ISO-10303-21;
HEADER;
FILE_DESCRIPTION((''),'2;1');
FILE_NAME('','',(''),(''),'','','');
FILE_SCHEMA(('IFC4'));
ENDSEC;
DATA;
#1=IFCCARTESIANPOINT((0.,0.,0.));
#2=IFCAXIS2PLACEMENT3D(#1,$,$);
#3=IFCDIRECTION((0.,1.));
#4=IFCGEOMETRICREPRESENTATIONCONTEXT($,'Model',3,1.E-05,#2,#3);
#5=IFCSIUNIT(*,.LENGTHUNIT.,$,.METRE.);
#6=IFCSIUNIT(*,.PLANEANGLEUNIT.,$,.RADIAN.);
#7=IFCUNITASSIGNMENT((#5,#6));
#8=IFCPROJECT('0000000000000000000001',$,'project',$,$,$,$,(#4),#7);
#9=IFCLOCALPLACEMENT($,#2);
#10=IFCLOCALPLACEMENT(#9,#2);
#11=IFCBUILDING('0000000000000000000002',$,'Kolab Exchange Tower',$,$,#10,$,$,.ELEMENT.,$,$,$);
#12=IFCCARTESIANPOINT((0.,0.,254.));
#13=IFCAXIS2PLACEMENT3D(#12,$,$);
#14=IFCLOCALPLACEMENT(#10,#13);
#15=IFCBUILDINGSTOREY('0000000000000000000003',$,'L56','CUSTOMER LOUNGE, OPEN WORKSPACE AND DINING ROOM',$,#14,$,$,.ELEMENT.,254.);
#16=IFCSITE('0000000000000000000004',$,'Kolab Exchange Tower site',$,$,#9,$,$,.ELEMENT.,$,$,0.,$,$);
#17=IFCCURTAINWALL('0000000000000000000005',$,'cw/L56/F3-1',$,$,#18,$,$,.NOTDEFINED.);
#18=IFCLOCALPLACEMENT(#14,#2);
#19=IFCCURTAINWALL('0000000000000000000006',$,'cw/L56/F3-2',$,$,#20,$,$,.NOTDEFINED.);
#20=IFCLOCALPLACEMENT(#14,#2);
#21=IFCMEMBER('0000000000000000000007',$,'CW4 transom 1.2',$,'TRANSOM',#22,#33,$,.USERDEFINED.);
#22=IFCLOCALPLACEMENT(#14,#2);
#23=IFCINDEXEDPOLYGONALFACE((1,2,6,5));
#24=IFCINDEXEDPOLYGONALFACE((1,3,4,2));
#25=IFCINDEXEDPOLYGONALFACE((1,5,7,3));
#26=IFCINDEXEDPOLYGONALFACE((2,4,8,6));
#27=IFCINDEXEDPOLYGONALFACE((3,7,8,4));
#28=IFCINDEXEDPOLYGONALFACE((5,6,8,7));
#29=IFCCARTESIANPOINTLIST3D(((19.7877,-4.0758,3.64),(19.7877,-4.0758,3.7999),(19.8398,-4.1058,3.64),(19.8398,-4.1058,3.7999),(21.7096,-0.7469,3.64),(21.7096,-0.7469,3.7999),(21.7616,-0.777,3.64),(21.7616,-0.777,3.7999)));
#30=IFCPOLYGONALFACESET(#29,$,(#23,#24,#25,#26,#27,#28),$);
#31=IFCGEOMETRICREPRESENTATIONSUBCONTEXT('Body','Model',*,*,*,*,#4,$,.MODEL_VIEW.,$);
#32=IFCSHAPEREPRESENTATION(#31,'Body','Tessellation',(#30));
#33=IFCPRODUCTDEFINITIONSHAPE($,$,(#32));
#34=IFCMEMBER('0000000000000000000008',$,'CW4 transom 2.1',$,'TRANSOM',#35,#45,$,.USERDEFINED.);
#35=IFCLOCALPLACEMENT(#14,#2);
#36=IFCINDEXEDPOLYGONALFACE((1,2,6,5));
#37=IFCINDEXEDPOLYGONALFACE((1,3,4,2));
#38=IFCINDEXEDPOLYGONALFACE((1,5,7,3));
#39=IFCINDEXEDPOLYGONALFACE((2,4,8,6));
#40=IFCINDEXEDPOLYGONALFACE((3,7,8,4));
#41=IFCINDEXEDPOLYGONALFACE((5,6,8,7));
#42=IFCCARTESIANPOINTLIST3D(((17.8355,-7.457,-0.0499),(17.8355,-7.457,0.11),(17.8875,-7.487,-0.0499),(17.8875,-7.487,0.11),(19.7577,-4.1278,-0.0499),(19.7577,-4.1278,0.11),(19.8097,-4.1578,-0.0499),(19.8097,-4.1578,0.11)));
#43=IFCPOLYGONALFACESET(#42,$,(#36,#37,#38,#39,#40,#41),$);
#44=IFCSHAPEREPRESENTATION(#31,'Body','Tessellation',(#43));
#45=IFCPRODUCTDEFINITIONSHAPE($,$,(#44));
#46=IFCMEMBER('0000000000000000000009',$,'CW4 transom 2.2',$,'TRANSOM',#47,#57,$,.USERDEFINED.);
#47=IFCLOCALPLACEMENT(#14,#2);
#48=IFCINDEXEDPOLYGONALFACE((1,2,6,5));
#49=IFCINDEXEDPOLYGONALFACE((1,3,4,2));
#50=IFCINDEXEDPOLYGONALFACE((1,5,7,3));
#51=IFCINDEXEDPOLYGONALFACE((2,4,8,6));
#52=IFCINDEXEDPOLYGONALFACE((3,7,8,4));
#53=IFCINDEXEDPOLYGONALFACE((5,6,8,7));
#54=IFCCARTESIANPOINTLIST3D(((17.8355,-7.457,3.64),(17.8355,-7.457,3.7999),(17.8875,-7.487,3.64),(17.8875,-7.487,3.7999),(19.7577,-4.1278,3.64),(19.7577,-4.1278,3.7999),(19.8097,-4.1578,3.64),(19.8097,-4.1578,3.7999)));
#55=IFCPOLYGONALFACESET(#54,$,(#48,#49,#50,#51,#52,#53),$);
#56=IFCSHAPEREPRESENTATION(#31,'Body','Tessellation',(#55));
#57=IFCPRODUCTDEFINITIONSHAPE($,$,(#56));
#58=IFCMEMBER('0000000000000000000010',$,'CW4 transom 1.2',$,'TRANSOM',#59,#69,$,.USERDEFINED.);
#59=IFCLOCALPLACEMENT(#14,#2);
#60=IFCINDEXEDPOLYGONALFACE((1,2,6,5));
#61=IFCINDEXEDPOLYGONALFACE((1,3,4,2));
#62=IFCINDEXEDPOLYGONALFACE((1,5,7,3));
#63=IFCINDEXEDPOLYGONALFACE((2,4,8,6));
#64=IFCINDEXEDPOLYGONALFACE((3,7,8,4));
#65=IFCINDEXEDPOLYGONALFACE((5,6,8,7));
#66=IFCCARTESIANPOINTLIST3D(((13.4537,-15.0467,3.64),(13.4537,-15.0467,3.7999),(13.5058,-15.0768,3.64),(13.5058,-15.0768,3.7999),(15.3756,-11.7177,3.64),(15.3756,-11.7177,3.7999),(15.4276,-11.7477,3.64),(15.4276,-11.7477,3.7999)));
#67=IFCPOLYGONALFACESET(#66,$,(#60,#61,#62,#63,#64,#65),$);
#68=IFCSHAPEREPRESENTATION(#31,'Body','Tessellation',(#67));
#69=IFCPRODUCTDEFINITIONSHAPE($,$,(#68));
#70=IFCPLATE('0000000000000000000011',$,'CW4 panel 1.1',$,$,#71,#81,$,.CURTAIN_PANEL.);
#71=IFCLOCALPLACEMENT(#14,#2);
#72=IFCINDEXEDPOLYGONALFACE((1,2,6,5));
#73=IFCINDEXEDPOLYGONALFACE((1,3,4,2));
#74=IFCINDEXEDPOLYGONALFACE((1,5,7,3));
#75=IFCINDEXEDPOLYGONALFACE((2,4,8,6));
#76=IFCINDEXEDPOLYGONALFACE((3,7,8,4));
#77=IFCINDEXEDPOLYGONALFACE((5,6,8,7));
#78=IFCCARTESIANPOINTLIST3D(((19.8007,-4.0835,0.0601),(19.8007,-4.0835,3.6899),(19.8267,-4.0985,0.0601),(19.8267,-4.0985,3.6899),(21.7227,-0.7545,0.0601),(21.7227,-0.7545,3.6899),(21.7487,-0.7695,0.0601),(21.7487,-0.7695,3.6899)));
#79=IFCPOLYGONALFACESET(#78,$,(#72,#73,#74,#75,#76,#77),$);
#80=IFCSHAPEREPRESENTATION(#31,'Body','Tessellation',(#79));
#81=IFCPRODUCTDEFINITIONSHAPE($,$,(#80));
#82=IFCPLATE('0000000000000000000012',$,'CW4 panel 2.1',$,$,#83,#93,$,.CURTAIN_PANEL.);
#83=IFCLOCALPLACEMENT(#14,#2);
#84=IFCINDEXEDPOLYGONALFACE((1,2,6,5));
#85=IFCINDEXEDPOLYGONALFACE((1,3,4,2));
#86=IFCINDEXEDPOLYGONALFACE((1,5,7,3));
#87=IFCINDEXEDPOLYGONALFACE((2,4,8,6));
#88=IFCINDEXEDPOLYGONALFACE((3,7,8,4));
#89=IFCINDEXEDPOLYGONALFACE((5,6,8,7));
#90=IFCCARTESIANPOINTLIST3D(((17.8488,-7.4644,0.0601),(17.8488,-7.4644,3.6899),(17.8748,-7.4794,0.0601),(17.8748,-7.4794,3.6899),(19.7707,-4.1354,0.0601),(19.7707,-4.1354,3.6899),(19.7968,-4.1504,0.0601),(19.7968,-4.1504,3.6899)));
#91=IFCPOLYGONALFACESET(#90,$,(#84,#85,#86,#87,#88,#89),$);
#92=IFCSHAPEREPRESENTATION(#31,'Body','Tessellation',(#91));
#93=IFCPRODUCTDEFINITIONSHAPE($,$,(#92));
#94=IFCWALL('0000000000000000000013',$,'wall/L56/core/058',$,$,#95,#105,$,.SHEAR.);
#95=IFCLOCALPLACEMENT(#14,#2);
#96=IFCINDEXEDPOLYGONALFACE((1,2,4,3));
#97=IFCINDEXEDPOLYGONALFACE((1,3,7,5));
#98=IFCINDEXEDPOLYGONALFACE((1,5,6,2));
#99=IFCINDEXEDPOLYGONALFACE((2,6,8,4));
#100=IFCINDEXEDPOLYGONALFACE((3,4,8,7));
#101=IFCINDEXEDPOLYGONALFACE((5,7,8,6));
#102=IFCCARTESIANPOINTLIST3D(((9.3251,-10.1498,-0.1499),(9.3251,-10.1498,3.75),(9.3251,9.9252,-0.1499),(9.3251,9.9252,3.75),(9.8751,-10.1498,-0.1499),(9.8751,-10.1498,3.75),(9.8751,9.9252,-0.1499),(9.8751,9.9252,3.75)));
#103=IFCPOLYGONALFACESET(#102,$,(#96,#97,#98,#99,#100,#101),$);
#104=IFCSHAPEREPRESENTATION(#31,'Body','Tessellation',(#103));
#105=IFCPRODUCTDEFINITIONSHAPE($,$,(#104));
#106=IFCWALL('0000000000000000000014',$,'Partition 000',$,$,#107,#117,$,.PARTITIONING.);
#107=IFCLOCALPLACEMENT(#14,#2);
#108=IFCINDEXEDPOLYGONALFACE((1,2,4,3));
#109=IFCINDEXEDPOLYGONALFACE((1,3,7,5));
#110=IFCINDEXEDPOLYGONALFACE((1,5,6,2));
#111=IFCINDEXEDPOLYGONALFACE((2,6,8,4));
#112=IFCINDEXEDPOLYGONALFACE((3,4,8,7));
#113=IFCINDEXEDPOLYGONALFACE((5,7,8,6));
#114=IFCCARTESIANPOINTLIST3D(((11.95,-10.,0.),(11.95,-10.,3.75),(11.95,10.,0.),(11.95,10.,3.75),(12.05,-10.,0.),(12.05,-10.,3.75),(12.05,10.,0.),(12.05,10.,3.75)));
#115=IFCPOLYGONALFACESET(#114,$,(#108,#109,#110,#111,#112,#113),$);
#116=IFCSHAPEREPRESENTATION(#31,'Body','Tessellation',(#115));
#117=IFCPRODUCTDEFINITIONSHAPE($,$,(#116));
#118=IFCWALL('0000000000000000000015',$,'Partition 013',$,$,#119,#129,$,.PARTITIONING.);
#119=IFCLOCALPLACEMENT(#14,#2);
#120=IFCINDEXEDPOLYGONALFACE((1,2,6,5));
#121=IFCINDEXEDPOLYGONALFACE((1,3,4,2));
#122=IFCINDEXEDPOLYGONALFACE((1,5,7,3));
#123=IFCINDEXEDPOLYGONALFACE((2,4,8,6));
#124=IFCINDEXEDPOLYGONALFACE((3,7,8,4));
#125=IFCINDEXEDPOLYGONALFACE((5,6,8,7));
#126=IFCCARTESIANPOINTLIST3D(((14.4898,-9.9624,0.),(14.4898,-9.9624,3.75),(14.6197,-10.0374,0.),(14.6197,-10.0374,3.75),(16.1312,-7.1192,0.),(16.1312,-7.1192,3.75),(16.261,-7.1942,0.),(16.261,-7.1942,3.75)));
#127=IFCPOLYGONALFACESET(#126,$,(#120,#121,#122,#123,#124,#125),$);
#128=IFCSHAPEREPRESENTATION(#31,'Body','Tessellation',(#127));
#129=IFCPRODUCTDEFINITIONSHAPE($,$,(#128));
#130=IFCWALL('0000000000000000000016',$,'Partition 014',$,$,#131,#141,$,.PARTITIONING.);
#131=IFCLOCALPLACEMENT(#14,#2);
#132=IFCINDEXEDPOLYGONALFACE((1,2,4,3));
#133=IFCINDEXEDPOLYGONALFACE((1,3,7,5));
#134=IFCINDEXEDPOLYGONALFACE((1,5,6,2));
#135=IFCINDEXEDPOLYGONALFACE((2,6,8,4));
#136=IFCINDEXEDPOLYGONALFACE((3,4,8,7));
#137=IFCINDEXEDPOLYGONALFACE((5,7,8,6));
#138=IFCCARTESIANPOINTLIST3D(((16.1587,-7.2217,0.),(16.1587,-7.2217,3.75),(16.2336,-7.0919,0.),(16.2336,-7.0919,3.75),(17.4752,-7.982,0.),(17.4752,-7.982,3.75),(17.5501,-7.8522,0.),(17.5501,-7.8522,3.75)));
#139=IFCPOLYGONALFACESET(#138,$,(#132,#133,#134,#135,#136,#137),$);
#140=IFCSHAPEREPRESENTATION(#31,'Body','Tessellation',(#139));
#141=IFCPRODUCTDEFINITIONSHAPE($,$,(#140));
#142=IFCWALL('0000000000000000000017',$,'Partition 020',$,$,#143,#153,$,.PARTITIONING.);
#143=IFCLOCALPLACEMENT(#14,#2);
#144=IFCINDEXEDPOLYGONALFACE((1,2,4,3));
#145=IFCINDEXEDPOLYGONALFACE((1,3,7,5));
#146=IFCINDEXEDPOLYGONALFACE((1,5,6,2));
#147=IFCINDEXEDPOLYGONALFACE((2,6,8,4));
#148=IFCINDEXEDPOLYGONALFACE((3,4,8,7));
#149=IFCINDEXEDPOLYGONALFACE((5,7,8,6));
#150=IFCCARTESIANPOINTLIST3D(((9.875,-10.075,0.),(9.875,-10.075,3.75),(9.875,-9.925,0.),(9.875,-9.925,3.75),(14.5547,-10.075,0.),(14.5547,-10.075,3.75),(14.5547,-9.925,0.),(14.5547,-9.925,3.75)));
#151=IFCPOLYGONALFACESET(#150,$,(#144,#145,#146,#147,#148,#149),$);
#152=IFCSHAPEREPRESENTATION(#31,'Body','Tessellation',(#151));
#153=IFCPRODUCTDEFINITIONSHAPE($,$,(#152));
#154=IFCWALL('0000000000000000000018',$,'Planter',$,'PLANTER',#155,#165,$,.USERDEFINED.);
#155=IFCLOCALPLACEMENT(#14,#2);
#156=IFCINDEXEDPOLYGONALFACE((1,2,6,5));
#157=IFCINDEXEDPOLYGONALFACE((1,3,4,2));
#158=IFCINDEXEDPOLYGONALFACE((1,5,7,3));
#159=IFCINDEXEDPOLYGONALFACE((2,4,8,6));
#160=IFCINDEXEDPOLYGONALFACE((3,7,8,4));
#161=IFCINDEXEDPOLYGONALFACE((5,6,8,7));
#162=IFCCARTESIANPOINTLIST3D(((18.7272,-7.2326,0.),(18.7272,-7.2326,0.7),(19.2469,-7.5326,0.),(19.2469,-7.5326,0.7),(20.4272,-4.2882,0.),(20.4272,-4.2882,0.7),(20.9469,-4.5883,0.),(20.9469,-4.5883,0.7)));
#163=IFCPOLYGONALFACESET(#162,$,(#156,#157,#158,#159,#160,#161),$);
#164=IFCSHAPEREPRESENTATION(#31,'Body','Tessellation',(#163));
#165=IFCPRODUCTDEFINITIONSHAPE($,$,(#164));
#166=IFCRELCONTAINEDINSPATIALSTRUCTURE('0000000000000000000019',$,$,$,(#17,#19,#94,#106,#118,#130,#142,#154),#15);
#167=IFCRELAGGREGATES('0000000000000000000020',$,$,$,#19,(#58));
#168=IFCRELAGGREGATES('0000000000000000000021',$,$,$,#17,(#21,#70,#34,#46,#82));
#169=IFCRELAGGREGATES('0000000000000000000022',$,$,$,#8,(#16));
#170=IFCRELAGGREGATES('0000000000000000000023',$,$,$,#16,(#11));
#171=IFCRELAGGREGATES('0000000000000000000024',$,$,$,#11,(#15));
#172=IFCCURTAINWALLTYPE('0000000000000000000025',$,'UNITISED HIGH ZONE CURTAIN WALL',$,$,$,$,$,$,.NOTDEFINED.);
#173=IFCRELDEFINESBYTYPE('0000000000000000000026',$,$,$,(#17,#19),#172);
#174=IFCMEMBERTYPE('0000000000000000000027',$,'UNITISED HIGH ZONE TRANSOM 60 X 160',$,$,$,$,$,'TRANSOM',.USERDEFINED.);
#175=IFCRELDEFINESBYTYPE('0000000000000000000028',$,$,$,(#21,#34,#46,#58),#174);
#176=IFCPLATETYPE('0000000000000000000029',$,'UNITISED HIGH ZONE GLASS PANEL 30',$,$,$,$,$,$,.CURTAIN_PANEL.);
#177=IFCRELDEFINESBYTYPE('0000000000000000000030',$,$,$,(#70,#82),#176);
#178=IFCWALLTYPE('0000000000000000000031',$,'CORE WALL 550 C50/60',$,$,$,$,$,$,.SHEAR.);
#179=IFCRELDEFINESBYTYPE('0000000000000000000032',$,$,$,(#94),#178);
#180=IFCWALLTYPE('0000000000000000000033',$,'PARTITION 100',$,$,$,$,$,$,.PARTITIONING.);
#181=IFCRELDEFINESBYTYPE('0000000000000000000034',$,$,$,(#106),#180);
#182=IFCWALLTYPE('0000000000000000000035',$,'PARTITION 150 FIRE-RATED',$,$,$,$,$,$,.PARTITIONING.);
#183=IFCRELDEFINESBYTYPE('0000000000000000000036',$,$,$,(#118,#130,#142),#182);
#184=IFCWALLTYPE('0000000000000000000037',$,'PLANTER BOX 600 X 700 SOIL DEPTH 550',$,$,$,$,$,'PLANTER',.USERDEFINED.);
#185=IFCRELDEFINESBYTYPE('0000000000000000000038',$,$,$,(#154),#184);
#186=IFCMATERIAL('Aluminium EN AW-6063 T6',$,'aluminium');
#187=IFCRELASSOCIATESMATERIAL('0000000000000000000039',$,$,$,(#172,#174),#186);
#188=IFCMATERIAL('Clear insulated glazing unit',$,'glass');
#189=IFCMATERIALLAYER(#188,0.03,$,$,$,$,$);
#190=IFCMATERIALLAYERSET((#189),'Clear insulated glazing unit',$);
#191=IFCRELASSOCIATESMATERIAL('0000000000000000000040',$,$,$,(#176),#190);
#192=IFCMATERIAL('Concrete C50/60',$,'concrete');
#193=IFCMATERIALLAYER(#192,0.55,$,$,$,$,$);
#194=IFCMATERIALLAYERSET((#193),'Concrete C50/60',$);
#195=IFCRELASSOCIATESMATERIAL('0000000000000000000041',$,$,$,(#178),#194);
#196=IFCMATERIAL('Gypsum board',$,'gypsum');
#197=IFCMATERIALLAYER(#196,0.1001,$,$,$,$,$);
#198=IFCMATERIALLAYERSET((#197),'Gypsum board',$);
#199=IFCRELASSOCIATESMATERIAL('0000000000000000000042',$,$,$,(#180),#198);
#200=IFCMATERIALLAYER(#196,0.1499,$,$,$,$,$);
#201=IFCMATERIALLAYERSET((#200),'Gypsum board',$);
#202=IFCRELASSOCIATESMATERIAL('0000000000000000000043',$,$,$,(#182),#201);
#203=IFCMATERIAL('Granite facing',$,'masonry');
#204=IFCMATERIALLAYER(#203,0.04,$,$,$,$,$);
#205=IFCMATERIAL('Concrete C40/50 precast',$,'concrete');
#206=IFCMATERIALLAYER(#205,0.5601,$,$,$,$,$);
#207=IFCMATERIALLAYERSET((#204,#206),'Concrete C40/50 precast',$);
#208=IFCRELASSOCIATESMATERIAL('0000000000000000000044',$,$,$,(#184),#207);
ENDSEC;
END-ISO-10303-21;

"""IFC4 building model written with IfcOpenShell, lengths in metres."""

from ifc_helpers import new_model, si_unit, direction, frame, frame_2d, origin, origin_2d, place, context, subcontext, project, spatial, rectangle, extrude, material, layer, layer_set, material_profile, profile_set, type_object, element, aggregate, save


model = new_model("IFC4")

# Units and contexts
model_context = context("Model", 3, precision=1e-05, world=origin(), true_north=direction((0.0, 1.0)))
body_context = subcontext(model_context, "Body", "Model", "MODEL_VIEW")
ifc_project = project(units=[si_unit("LENGTHUNIT", "METRE"), si_unit("PLANEANGLEUNIT", "RADIAN")], contexts=[model_context])

# Site, building, storey
site_placement = place(None, origin())
site = spatial("IfcSite", under=ifc_project, at=site_placement, Name="Kolab Exchange Tower site", CompositionType="ELEMENT", RefElevation=0.0)
building_placement = place(site_placement, origin())
building = spatial("IfcBuilding", under=site, at=building_placement, Name="Kolab Exchange Tower", CompositionType="ELEMENT")
storey_placement = place(building_placement, frame((0.0, 0.0, 254.0)))
storey = spatial("IfcBuildingStorey", under=building, at=storey_placement, Name="L56", Description="CUSTOMER LOUNGE, OPEN WORKSPACE AND DINING ROOM", CompositionType="ELEMENT", Elevation=254.0)

# Shared definitions
ifc_material_1 = material(Name="Concrete C50/60", Category="concrete")

# Curtain wall
ifc_material_2 = material(Name="Aluminium EN AW-6063 T6", Category="aluminium")
curtain_wall_type = type_object("IfcCurtainWallType", Name="UNITISED HIGH ZONE CURTAIN WALL", PredefinedType="NOTDEFINED", material=ifc_material_2)
curtain_wall_1_placement = place(storey_placement, origin())
curtain_wall_1 = element("IfcCurtainWall", 1, at=curtain_wall_1_placement, inside=storey, type_object=curtain_wall_type, Name="cw/L56/F3-1", PredefinedType="NOTDEFINED")

# Curtain wall
curtain_wall_2_placement = place(storey_placement, origin())
curtain_wall_2 = element("IfcCurtainWall", 2, at=curtain_wall_2_placement, inside=storey, type_object=curtain_wall_type, Name="cw/L56/F3-2", PredefinedType="NOTDEFINED")

# Members
ifc_material_profile_1 = material_profile(ifc_material_2, rectangle(XDim=0.0601, YDim=0.1599, at=origin_2d()), Name="RECT 60X160")
ifc_profile_set_1 = profile_set([ifc_material_profile_1], Name="Aluminium EN AW-6063 T6")
member_type_1 = type_object("IfcMemberType", Name="UNITISED HIGH ZONE TRANSOM 60 X 160", ElementType="TRANSOM", PredefinedType="USERDEFINED", material=ifc_profile_set_1)
member_1_placement = place(storey_placement, frame((21.7356, -0.762, 3.72), z_axis=(-0.499992, -0.86603, 0.0), x_axis=(0.86603, -0.499992, 0.0)))
member_1 = element("IfcMember", 3, at=member_1_placement, type_object=member_type_1, Name="CW4 transom 1.2", ObjectType="TRANSOM", PredefinedType="USERDEFINED", context=body_context, shape_type="SweptSolid", body=[
    extrude(rectangle(XDim=0.0601, YDim=0.1599, at=origin_2d()), origin(), (0.0, 0.0, 1.0), 3.8438),
])
member_2_placement = place(storey_placement, frame((19.7837, -4.1428, 0.03), z_axis=(-0.500012, -0.866018, 0.0), x_axis=(0.866018, -0.500012, 0.0)))
member_2 = element("IfcMember", 4, at=member_2_placement, type_object=member_type_1, Name="CW4 transom 2.1", ObjectType="TRANSOM", PredefinedType="USERDEFINED", context=body_context, shape_type="SweptSolid", body=[
    extrude(rectangle(XDim=0.0601, YDim=0.1599, at=origin_2d()), origin(), (0.0, 0.0, 1.0), 3.8442),
])
member_3_placement = place(storey_placement, frame((19.7837, -4.1428, 3.72), z_axis=(-0.500012, -0.866018, 0.0), x_axis=(0.866018, -0.500012, 0.0)))
member_3 = element("IfcMember", 5, at=member_3_placement, type_object=member_type_1, Name="CW4 transom 2.2", ObjectType="TRANSOM", PredefinedType="USERDEFINED", context=body_context, shape_type="SweptSolid", body=[
    extrude(rectangle(XDim=0.0601, YDim=0.1599, at=origin_2d()), origin(), (0.0, 0.0, 1.0), 3.8442),
])
member_4_placement = place(storey_placement, frame((15.4016, -11.7327, 3.72), z_axis=(-0.499964, -0.866046, 0.0), x_axis=(0.866046, -0.499964, 0.0)))
member_4 = element("IfcMember", 6, at=member_4_placement, type_object=member_type_1, Name="CW4 transom 1.2", ObjectType="TRANSOM", PredefinedType="USERDEFINED", context=body_context, shape_type="SweptSolid", body=[
    extrude(rectangle(XDim=0.0601, YDim=0.1599, at=origin_2d()), origin(), (0.0, 0.0, 1.0), 3.844),
])
aggregate(curtain_wall_2, [member_4])

# Plates
ifc_material_3 = material(Name="Clear insulated glazing unit", Category="glass")
ifc_layer_1 = layer(ifc_material_3, 0.03)
ifc_layer_set_1 = layer_set([ifc_layer_1], Name="Clear insulated glazing unit")
plate_type = type_object("IfcPlateType", Name="UNITISED HIGH ZONE GLASS PANEL 30", PredefinedType="CURTAIN_PANEL", material=ifc_layer_set_1)
plate_1_placement = place(storey_placement, frame((20.7747, -2.4265, 0.0601), z_axis=(0.0, 0.0, 1.0), x_axis=(-0.5, -0.866025, 0.0)))
plate_1 = element("IfcPlate", 7, at=plate_1_placement, type_object=plate_type, Name="CW4 panel 1.1", PredefinedType="CURTAIN_PANEL", context=body_context, shape_type="SweptSolid", body=[
    extrude(rectangle(XDim=3.844, YDim=0.03, at=origin_2d()), origin(), (0.0, 0.0, 1.0), 3.6299),
])
plate_2_placement = place(storey_placement, frame((18.8228, -5.8074, 0.0601), z_axis=(0.0, 0.0, 1.0), x_axis=(-0.5, -0.866025, 0.0)))
plate_2 = element("IfcPlate", 8, at=plate_2_placement, type_object=plate_type, Name="CW4 panel 2.1", PredefinedType="CURTAIN_PANEL", context=body_context, shape_type="SweptSolid", body=[
    extrude(rectangle(XDim=3.844, YDim=0.03, at=origin_2d()), origin(), (0.0, 0.0, 1.0), 3.6299),
])
aggregate(curtain_wall_1, [member_1, plate_1, member_2, member_3, plate_2])

# Wall
ifc_layer_2 = layer(ifc_material_1, 0.55)
ifc_layer_set_2 = layer_set([ifc_layer_2], Name="Concrete C50/60")
wall_type_1 = type_object("IfcWallType", Name="CORE WALL 550 C50/60", PredefinedType="SHEAR", material=ifc_layer_set_2)
wall_1_placement = place(storey_placement, frame((9.6001, -10.1499, -0.1499), z_axis=(0.0, 0.0, 1.0), x_axis=(0.0, 1.0, 0.0)))
element("IfcWall", 9, at=wall_1_placement, inside=storey, type_object=wall_type_1, Name="wall/L56/core/058", PredefinedType="SHEAR", context=body_context, shape_type="SweptSolid", body=[
    extrude(rectangle(XDim=20.075, YDim=0.55, at=frame_2d((10.0376, 0.0))), origin(), (0.0, 0.0, 1.0), 3.8999),
])

# Walls
ifc_material_4 = material(Name="Gypsum board", Category="gypsum")
ifc_layer_3 = layer(ifc_material_4, 0.1001)
ifc_layer_set_3 = layer_set([ifc_layer_3], Name="Gypsum board")
wall_type_2 = type_object("IfcWallType", Name="PARTITION 100", PredefinedType="PARTITIONING", material=ifc_layer_set_3)
wall_2_placement = place(storey_placement, frame((12.0, -10.0, 0.0), z_axis=(0.0, 0.0, 1.0), x_axis=(0.0, 1.0, 0.0)))
element("IfcWall", 10, at=wall_2_placement, inside=storey, type_object=wall_type_2, Name="Partition 000", PredefinedType="PARTITIONING", context=body_context, shape_type="SweptSolid", body=[
    extrude(rectangle(XDim=20.0, YDim=0.1001, at=frame_2d((10.0, 0.0))), origin(), (0.0, 0.0, 1.0), 3.75),
])
ifc_layer_4 = layer(ifc_material_4, 0.1499)
ifc_layer_set_4 = layer_set([ifc_layer_4], Name="Gypsum board")
wall_type_3 = type_object("IfcWallType", Name="PARTITION 150 FIRE-RATED", PredefinedType="PARTITIONING", material=ifc_layer_set_4)
wall_3_placement = place(storey_placement, frame((14.5547, -10.0, 0.0), z_axis=(0.0, 0.0, 1.0), x_axis=(0.499954, 0.866052, 0.0)))
element("IfcWall", 11, at=wall_3_placement, inside=storey, type_object=wall_type_3, Name="Partition 013", PredefinedType="PARTITIONING", context=body_context, shape_type="SweptSolid", body=[
    extrude(rectangle(XDim=3.283, YDim=0.1499, at=frame_2d((1.6416, 0.0))), origin(), (0.0, 0.0, 1.0), 3.75),
])
wall_4_placement = place(storey_placement, frame((16.196, -7.1567, 0.0), z_axis=(0.0, 0.0, 1.0), x_axis=(0.865961, -0.500112, 0.0)))
element("IfcWall", 12, at=wall_4_placement, inside=storey, type_object=wall_type_3, Name="Partition 014", PredefinedType="PARTITIONING", context=body_context, shape_type="SweptSolid", body=[
    extrude(rectangle(XDim=1.5203, YDim=0.1499, at=frame_2d((0.7603, 0.0))), origin(), (0.0, 0.0, 1.0), 3.75),
])
wall_5_placement = place(storey_placement, frame((9.875, -10.0, 0.0), z_axis=(0.0, 0.0, 1.0), x_axis=(1.0, 0.0, 0.0)))
element("IfcWall", 13, at=wall_5_placement, inside=storey, type_object=wall_type_3, Name="Partition 020", PredefinedType="PARTITIONING", context=body_context, shape_type="SweptSolid", body=[
    extrude(rectangle(XDim=4.6797, YDim=0.1499, at=frame_2d((2.3398, 0.0))), origin(), (0.0, 0.0, 1.0), 3.75),
])
ifc_material_5 = material(Name="Granite facing", Category="masonry")
ifc_layer_5 = layer(ifc_material_5, 0.04)
ifc_material_6 = material(Name="Concrete C40/50 precast", Category="concrete")
ifc_layer_6 = layer(ifc_material_6, 0.5601)
ifc_layer_set_5 = layer_set([ifc_layer_5, ifc_layer_6], Name="Concrete C40/50 precast")
wall_type_4 = type_object("IfcWallType", Name="PLANTER BOX 600 X 700 SOIL DEPTH 550", ElementType="PLANTER", PredefinedType="USERDEFINED", material=ifc_layer_set_5)
wall_6_placement = place(storey_placement, frame((20.687, -4.4382, 0.0), z_axis=(0.0, 0.0, 1.0), x_axis=(-0.500008, -0.866021, 0.0)))
element("IfcWall", 14, at=wall_6_placement, inside=storey, type_object=wall_type_4, Name="Planter", ObjectType="PLANTER", PredefinedType="USERDEFINED", context=body_context, shape_type="SweptSolid", body=[
    extrude(rectangle(XDim=3.3999, YDim=0.6001, at=frame_2d((1.7, 0.0))), origin(), (0.0, 0.0, 1.0), 0.7),
])

save(model, "model.ifc")
